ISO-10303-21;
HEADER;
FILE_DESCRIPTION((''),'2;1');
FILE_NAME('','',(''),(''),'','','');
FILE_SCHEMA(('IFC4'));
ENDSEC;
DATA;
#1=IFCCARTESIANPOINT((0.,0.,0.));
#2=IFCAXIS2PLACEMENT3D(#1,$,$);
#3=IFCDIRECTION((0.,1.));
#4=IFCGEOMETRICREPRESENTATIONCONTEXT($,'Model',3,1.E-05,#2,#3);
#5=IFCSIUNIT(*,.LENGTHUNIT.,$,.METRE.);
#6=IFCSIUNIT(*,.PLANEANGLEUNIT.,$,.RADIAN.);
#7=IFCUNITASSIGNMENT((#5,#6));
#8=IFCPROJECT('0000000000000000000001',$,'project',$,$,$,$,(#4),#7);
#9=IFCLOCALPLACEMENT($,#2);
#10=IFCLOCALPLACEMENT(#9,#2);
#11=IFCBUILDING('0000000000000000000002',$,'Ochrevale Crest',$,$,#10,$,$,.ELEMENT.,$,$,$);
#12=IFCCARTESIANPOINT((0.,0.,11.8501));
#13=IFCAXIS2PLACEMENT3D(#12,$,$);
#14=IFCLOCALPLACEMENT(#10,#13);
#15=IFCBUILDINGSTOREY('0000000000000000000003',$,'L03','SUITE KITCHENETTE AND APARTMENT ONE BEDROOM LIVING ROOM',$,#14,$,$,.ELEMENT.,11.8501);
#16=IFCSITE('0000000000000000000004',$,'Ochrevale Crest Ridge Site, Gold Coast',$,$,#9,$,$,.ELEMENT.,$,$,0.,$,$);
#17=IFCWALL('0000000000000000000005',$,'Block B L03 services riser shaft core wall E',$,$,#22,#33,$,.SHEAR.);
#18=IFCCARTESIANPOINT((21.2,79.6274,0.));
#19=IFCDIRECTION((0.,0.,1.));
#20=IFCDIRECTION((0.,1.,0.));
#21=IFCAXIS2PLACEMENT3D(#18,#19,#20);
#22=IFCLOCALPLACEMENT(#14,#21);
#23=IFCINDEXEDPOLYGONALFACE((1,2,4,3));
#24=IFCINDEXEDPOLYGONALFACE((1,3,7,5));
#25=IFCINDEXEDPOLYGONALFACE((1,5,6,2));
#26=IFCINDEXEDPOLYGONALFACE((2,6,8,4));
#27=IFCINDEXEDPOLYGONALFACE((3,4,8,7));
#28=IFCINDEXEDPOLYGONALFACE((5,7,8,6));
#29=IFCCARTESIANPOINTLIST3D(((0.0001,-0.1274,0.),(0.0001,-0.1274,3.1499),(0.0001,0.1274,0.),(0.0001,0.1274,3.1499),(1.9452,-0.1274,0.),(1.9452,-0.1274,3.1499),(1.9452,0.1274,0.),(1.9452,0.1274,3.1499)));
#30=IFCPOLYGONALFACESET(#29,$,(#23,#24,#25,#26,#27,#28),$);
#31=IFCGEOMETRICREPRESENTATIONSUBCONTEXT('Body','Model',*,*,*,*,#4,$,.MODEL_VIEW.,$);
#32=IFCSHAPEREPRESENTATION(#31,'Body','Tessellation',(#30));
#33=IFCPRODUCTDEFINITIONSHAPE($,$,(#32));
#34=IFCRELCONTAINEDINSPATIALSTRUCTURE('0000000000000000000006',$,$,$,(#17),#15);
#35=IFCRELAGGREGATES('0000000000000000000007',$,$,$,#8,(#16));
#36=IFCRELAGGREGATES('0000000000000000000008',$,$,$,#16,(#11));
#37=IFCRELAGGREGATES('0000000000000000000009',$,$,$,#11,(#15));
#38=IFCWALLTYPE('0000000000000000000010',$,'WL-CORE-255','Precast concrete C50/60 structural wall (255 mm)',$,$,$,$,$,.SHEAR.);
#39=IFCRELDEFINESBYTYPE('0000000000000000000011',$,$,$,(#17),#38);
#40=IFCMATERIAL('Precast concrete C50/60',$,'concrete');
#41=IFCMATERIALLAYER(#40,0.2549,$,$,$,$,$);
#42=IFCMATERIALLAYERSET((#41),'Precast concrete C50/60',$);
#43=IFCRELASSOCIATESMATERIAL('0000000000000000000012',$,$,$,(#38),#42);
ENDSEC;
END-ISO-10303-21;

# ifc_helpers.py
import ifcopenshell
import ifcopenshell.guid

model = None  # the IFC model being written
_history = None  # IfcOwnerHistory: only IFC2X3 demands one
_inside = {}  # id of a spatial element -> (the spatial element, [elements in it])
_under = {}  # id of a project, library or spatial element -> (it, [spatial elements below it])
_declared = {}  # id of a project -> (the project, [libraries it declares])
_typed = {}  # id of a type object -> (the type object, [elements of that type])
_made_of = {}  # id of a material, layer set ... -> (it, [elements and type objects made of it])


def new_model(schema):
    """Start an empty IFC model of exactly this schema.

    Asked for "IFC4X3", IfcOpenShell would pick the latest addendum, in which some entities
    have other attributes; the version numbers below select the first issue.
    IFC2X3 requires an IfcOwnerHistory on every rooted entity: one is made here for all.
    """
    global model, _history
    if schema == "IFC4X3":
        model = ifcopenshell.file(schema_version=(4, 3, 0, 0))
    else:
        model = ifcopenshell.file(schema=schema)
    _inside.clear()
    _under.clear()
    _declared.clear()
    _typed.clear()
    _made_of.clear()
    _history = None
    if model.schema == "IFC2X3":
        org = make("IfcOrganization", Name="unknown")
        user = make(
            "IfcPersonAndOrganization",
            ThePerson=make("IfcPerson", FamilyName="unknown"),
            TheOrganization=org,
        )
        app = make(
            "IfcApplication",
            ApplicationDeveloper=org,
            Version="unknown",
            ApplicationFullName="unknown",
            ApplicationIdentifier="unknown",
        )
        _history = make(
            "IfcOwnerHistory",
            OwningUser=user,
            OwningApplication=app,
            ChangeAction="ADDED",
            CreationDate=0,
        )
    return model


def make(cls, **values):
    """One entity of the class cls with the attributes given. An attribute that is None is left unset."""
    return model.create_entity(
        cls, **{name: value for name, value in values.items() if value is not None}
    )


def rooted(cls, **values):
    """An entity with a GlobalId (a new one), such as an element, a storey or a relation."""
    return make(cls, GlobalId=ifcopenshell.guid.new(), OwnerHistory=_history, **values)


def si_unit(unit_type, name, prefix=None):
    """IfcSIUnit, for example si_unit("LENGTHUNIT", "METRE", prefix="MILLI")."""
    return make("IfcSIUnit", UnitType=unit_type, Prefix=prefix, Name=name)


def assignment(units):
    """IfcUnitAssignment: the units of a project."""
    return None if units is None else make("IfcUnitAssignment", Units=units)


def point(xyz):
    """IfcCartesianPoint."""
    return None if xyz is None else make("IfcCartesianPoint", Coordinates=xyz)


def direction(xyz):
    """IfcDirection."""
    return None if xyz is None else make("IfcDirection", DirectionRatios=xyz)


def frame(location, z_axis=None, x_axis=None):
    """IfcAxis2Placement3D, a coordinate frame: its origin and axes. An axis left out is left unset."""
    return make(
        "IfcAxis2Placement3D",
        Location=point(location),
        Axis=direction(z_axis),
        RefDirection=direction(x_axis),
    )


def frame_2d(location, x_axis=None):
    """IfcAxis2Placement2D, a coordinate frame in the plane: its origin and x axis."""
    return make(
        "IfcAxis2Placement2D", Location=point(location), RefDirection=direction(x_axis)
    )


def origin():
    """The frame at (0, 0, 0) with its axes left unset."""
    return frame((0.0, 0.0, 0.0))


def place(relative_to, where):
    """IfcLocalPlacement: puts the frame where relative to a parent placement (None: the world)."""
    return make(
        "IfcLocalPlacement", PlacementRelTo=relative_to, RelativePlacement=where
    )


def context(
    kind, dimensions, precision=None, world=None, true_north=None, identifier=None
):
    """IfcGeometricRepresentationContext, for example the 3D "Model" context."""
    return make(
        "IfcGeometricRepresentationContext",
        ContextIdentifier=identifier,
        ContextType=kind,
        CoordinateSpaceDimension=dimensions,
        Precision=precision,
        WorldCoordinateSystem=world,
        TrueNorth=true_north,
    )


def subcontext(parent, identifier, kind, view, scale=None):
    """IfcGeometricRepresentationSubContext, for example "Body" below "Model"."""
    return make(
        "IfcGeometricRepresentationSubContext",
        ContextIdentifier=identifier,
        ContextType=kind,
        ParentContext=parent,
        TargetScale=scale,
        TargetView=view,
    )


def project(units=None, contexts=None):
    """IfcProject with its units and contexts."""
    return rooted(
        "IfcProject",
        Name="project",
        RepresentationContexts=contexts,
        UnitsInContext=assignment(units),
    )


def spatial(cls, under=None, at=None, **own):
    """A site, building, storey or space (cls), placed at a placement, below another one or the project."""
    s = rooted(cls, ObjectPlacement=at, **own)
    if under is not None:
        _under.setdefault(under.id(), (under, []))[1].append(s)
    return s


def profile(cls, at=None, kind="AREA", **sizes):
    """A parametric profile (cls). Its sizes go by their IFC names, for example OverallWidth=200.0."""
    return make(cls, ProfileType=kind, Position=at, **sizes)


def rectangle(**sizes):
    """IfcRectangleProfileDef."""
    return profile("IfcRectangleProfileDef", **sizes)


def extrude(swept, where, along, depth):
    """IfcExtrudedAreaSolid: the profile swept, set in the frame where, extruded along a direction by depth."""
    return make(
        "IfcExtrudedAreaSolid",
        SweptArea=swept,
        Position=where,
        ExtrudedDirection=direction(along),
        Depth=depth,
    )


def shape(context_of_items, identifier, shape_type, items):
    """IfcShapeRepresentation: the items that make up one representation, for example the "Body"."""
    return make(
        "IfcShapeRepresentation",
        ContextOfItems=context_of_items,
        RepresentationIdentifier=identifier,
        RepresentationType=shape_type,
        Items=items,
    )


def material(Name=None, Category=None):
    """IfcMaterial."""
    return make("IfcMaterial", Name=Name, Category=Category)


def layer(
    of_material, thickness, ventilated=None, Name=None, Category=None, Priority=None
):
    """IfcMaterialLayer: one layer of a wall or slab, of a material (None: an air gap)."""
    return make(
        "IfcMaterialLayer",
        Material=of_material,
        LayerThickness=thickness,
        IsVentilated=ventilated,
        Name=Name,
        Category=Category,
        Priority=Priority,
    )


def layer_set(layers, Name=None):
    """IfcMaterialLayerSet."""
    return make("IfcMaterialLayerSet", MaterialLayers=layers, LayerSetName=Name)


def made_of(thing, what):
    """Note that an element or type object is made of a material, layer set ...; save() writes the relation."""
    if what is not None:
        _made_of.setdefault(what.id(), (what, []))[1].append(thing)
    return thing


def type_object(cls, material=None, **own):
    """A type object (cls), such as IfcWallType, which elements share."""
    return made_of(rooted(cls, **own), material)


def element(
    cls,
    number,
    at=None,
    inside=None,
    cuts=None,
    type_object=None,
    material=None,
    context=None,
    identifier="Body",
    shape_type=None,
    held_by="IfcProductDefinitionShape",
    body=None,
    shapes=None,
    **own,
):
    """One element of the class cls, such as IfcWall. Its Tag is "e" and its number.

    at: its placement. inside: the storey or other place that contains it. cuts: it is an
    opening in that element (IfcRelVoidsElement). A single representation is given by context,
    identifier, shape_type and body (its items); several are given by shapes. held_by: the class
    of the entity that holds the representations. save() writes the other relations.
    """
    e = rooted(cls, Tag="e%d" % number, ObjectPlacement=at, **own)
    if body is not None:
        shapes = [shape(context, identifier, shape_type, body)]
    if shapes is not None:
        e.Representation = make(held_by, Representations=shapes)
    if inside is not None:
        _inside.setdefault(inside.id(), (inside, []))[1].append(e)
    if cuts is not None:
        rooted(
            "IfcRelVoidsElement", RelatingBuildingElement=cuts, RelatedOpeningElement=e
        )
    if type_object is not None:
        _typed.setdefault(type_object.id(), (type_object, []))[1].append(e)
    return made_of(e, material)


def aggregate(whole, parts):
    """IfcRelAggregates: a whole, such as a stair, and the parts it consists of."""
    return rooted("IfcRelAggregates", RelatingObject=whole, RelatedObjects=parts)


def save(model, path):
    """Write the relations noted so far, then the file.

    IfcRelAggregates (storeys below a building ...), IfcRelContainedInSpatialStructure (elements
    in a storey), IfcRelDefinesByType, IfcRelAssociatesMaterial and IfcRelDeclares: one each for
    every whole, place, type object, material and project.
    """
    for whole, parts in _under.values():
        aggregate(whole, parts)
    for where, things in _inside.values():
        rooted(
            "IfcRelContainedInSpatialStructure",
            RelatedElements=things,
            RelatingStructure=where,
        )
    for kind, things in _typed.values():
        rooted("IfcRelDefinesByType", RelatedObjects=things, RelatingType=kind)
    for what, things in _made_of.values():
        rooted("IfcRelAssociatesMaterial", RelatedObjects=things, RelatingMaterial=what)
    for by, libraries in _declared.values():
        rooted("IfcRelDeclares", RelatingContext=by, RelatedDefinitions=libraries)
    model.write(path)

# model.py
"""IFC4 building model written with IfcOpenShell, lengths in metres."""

from ifc_helpers import new_model, si_unit, direction, frame, frame_2d, origin, place, context, subcontext, project, spatial, rectangle, extrude, material, layer, layer_set, type_object, element, save


model = new_model("IFC4")

# Units and contexts
model_context = context("Model", 3, precision=1e-05, world=origin(), true_north=direction((0.0, 1.0)))
body_context = subcontext(model_context, "Body", "Model", "MODEL_VIEW")
ifc_project = project(units=[si_unit("LENGTHUNIT", "METRE"), si_unit("PLANEANGLEUNIT", "RADIAN")], contexts=[model_context])

# Site, building, storey
site_placement = place(None, origin())
site = spatial("IfcSite", under=ifc_project, at=site_placement, Name="Ochrevale Crest Ridge Site, Gold Coast", CompositionType="ELEMENT", RefElevation=0.0)
building_placement = place(site_placement, origin())
building = spatial("IfcBuilding", under=site, at=building_placement, Name="Ochrevale Crest", CompositionType="ELEMENT")
storey_placement = place(building_placement, frame((0.0, 0.0, 11.8501)))
storey = spatial("IfcBuildingStorey", under=building, at=storey_placement, Name="L03", Description="SUITE KITCHENETTE AND APARTMENT ONE BEDROOM LIVING ROOM", CompositionType="ELEMENT", Elevation=11.8501)

# Shared definitions
ifc_material_1 = material(Name="Precast concrete C50/60", Category="concrete")

# Wall
ifc_layer_1 = layer(ifc_material_1, 0.2549)
ifc_layer_set_1 = layer_set([ifc_layer_1], Name="Precast concrete C50/60")
wall_type_1 = type_object("IfcWallType", Name="WL-CORE-255", Description="Precast concrete C50/60 structural wall (255 mm)", PredefinedType="SHEAR", material=ifc_layer_set_1)
wall_1_placement = place(storey_placement, frame((21.2, 79.6274, 0.0), z_axis=(0.0, 0.0, 1.0), x_axis=(0.0, 1.0, 0.0)))
element("IfcWall", 1, at=wall_1_placement, inside=storey, type_object=wall_type_1, Name="Block B L03 services riser shaft core wall E", PredefinedType="SHEAR", context=body_context, shape_type="SweptSolid", body=[
    extrude(rectangle(XDim=1.9451, YDim=0.2549, at=frame_2d((0.9727, 0.0))), origin(), (0.0, 0.0, 1.0), 3.1499),
])

save(model, "model.ifc")
